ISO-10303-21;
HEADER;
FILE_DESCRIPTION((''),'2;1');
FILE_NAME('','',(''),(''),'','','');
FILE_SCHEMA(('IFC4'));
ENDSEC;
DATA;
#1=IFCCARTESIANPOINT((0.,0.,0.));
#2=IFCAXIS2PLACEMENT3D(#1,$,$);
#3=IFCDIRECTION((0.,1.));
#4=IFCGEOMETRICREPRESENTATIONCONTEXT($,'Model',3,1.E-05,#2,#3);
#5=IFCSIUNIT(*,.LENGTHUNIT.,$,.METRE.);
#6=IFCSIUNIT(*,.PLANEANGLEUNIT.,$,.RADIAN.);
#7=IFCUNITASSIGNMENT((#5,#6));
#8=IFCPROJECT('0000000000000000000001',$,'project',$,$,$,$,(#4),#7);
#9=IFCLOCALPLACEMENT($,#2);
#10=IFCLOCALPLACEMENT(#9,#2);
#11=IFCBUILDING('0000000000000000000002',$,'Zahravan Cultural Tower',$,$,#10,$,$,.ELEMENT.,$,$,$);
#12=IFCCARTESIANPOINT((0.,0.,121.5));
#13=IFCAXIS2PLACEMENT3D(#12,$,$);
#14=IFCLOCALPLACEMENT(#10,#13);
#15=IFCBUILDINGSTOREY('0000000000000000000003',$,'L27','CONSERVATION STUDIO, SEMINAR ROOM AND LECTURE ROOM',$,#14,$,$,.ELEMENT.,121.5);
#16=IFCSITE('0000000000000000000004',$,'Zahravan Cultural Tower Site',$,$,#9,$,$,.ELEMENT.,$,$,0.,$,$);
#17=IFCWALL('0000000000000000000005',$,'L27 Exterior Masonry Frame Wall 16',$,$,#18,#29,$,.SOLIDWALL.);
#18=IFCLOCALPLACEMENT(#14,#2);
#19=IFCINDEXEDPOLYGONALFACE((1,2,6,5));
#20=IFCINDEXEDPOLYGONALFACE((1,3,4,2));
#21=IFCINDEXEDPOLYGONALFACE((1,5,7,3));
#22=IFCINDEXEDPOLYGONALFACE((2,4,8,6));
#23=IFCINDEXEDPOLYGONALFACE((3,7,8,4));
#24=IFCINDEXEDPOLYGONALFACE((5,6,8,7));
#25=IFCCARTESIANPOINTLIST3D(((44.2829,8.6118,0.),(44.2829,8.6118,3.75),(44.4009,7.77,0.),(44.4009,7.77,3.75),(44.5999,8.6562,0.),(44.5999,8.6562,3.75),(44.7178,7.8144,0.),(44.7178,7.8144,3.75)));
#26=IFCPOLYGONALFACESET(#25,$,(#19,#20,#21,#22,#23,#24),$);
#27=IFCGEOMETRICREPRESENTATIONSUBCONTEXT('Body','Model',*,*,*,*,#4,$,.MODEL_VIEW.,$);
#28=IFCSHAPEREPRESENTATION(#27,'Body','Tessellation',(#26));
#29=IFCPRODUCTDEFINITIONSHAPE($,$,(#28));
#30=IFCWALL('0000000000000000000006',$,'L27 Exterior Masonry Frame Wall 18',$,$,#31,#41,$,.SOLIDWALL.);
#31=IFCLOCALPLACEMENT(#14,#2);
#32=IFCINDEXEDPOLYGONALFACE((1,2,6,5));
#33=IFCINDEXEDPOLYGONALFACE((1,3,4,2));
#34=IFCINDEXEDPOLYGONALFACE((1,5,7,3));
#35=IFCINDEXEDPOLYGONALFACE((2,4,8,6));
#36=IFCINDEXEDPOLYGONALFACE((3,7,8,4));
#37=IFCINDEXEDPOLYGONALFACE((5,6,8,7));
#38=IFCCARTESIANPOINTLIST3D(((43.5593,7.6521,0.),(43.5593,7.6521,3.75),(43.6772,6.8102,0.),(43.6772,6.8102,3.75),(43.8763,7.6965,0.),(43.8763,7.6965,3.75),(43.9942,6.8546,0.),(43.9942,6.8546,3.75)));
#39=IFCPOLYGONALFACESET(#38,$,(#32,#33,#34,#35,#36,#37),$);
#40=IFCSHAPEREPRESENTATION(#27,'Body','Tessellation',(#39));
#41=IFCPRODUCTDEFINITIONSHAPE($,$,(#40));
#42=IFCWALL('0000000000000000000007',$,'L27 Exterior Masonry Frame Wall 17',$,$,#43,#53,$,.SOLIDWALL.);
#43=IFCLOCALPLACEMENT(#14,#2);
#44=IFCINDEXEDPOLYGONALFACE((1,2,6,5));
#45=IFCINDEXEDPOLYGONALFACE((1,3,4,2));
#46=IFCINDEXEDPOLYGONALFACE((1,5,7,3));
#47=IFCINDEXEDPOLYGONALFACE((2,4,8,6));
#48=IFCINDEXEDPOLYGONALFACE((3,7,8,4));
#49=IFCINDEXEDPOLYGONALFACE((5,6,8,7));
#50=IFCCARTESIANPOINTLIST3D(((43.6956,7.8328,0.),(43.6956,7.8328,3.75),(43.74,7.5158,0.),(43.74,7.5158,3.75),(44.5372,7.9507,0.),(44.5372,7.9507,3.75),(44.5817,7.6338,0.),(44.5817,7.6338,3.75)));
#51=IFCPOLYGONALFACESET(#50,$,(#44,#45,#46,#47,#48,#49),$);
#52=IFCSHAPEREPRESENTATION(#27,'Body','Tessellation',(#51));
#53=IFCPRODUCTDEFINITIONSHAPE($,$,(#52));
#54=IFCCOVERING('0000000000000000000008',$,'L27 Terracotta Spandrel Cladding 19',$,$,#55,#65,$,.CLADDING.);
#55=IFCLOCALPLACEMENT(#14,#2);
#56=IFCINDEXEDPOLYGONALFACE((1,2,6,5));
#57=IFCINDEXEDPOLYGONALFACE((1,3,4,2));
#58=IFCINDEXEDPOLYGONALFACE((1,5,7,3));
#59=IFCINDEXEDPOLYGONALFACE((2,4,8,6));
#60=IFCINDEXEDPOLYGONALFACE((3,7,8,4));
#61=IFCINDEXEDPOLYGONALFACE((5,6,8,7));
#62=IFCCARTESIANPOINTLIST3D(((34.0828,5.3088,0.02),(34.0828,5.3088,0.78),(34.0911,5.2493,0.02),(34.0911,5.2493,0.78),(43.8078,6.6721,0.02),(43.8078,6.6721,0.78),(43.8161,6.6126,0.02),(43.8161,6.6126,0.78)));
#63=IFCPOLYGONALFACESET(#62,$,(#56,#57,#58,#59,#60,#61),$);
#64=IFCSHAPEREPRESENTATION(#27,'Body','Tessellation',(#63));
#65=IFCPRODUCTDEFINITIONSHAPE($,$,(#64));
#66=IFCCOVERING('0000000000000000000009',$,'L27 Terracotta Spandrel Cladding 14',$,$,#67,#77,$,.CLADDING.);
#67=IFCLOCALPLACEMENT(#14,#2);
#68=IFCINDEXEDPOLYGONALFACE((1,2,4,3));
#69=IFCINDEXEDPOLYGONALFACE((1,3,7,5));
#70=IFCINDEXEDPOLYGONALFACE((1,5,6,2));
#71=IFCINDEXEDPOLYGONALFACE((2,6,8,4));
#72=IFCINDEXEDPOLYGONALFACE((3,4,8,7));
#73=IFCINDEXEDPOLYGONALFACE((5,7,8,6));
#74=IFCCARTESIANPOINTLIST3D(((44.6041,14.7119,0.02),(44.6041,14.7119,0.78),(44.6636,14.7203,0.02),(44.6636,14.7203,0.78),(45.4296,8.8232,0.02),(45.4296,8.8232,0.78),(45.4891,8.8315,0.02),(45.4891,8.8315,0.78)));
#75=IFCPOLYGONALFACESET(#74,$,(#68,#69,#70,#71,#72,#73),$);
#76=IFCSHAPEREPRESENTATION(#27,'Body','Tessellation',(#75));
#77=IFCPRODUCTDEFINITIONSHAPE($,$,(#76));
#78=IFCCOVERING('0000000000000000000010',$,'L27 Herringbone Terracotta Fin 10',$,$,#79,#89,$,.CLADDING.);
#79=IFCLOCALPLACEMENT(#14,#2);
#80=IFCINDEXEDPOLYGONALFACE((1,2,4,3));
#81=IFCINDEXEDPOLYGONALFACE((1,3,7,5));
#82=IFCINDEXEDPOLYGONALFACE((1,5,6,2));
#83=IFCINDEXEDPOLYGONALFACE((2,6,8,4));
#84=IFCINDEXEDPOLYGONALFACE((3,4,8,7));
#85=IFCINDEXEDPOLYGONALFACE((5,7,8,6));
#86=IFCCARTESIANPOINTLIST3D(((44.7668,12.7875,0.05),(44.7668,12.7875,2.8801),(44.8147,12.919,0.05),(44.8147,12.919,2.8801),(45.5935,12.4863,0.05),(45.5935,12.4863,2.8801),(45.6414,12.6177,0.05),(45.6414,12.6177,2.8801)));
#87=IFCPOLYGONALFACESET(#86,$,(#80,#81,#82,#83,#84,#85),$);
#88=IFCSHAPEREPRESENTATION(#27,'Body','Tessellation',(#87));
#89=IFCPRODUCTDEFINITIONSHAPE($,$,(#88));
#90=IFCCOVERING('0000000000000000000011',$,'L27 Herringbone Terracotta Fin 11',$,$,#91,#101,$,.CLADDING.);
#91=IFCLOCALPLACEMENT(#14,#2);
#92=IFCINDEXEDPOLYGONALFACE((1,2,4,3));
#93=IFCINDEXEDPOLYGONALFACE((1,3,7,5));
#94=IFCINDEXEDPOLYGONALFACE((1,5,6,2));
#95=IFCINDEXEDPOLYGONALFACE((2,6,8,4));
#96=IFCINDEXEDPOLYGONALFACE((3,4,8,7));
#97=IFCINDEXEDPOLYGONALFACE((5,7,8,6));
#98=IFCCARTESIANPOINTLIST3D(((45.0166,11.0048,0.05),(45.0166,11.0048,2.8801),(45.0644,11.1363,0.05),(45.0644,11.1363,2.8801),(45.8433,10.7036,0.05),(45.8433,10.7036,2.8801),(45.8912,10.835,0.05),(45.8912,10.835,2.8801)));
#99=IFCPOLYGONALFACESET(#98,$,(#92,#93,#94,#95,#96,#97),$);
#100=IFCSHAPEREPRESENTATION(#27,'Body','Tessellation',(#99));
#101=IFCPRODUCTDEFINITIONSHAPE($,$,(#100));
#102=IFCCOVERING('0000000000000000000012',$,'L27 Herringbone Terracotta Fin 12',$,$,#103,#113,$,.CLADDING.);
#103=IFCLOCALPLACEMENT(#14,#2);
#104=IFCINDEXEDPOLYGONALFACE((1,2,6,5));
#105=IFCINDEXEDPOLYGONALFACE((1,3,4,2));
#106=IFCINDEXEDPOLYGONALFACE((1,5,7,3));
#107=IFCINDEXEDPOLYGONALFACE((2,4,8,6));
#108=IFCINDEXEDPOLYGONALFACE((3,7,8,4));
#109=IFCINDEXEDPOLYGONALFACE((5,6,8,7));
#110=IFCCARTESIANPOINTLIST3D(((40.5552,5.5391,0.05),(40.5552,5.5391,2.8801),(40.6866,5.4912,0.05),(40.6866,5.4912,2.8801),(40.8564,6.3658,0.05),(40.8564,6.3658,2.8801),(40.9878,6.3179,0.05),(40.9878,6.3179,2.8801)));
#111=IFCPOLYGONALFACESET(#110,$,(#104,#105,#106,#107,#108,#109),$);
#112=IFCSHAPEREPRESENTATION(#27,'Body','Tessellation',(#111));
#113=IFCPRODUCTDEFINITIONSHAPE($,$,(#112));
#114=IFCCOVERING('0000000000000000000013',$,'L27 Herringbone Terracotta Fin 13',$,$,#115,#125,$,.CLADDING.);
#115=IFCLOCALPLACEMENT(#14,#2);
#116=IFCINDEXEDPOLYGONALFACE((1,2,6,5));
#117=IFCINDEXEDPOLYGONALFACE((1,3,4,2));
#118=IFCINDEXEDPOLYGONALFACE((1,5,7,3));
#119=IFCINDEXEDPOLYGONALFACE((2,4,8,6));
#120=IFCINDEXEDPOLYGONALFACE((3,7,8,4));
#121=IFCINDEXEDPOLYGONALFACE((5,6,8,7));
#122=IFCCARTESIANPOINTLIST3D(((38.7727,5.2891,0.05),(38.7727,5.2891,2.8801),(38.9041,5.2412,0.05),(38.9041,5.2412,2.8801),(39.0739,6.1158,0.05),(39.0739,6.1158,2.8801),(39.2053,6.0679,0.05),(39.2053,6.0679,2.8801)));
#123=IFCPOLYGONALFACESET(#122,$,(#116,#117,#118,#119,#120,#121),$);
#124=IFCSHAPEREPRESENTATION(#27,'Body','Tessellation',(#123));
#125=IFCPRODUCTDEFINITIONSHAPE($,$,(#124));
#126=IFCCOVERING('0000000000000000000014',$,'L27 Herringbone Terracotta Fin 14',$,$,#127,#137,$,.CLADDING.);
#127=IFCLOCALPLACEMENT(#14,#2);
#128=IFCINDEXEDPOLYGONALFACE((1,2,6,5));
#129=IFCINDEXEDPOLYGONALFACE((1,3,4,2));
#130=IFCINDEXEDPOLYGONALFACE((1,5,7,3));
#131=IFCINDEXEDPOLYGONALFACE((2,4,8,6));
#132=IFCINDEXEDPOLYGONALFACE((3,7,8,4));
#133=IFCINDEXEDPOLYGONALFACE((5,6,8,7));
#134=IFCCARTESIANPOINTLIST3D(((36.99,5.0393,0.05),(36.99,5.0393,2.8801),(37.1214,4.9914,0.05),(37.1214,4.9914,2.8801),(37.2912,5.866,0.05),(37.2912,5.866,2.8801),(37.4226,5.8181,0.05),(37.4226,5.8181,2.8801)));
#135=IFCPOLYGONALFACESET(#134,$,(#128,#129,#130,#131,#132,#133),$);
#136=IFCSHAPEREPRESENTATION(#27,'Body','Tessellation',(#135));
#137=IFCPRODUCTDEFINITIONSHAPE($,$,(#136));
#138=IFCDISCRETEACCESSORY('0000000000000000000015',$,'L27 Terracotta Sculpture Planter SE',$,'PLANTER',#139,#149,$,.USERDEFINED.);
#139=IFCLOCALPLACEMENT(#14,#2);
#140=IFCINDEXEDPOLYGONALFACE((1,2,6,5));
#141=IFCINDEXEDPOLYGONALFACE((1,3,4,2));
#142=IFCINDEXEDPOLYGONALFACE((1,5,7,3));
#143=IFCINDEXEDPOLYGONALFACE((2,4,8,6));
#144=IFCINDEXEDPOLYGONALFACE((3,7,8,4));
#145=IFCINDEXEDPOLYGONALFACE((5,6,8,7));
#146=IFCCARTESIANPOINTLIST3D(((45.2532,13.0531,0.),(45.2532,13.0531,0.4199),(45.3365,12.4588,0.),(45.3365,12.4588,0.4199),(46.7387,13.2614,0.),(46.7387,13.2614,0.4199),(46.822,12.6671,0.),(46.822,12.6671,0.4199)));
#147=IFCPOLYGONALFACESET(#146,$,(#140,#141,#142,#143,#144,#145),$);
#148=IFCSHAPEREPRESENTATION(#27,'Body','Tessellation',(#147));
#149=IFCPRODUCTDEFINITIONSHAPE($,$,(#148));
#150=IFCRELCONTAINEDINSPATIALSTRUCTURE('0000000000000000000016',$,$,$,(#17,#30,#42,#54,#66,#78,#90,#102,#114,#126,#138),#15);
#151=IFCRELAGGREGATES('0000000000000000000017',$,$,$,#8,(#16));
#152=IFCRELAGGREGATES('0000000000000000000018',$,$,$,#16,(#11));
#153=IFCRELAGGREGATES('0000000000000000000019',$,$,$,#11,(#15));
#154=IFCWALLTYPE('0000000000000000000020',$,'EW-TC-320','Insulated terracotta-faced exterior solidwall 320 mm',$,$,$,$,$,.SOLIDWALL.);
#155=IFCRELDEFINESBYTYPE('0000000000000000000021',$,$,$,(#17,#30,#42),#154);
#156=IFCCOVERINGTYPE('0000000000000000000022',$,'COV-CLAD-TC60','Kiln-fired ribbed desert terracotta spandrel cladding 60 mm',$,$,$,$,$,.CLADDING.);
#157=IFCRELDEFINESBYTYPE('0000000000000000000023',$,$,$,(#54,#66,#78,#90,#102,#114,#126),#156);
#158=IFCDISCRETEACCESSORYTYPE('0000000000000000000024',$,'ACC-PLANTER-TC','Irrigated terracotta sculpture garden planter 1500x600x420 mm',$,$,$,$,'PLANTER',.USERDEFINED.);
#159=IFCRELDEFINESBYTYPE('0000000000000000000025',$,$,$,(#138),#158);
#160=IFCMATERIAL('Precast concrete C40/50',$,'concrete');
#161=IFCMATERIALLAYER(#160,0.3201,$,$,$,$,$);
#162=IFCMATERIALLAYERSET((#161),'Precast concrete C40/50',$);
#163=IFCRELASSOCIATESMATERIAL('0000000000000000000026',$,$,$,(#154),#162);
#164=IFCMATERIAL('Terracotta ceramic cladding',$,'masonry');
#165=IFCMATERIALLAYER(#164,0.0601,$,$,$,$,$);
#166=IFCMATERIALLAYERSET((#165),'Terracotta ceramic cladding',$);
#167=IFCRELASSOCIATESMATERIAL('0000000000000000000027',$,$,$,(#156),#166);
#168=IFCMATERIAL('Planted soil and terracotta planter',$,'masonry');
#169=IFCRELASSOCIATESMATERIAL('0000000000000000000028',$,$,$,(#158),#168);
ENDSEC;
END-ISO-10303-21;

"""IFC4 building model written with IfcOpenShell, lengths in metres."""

from ifc_helpers import new_model, si_unit, direction, frame, frame_2d, origin, origin_2d, place, context, subcontext, project, spatial, rectangle, extrude, source, transform, mapped, material, layer, layer_set, type_object, element, save


model = new_model("IFC4")

# Units and contexts
model_context = context("Model", 3, precision=1e-05, world=origin(), true_north=direction((0.0, 1.0)))
body_context = subcontext(model_context, "Body", "Model", "MODEL_VIEW")
ifc_project = project(units=[si_unit("LENGTHUNIT", "METRE"), si_unit("PLANEANGLEUNIT", "RADIAN")], contexts=[model_context])

# Site, building, storey
site_placement = place(None, origin())
site = spatial("IfcSite", under=ifc_project, at=site_placement, Name="Zahravan Cultural Tower Site", CompositionType="ELEMENT", RefElevation=0.0)
building_placement = place(site_placement, origin())
building = spatial("IfcBuilding", under=site, at=building_placement, Name="Zahravan Cultural Tower", CompositionType="ELEMENT")
storey_placement = place(building_placement, frame((0.0, 0.0, 121.5)))
storey = spatial("IfcBuildingStorey", under=building, at=storey_placement, Name="L27", Description="CONSERVATION STUDIO, SEMINAR ROOM AND LECTURE ROOM", CompositionType="ELEMENT", Elevation=121.5)

# Shared definitions
ifc_material_1 = material(Name="Precast concrete C40/50", Category="concrete")
ifc_layer_1 = layer(ifc_material_1, 0.3201)
ifc_layer_set_1 = layer_set([ifc_layer_1], Name="Precast concrete C40/50")
wall_type_1 = type_object("IfcWallType", Name="EW-TC-320", Description="Insulated terracotta-faced exterior solidwall 320 mm", PredefinedType="SOLIDWALL", material=ifc_layer_set_1)

# Walls
shared_shape_1 = source(origin(), body_context, "Body", "SweptSolid", [
    extrude(rectangle(XDim=0.8501, YDim=0.3201, at=frame_2d((0.425, 0.0))), origin(), (0.0, 0.0, 1.0), 3.75),
])
for number, where, z_axis, x_axis, name in (
    (1, (44.4414, 8.634, 0.0), (0.0, 0.0, 1.0), (0.138727, -0.990331, 0.0), "L27 Exterior Masonry Frame Wall 16"),
    (2, (43.7178, 7.6743, 0.0), (0.0, 0.0, 1.0), (0.138727, -0.990331, 0.0), "L27 Exterior Masonry Frame Wall 18"),
):
    element("IfcWall", number, at=place(storey_placement, frame(where, z_axis=z_axis, x_axis=x_axis)), inside=storey, type_object=wall_type_1, Name=name, PredefinedType="SOLIDWALL", context=body_context, shape_type="MappedRepresentation", body=[
        mapped(shared_shape_1, transform((0.0, 0.0, 0.0), x_axis=(1.0, 0.0, 0.0), y_axis=(0.0, 1.0, 0.0), z_axis=(0.0, 0.0, 1.0), scale=1.0)),
    ])
shared_shape_2 = source(origin(), body_context, "Body", "SweptSolid", [
    extrude(rectangle(XDim=0.8499, YDim=0.3201, at=frame_2d((0.4248, 0.0))), origin(), (0.0, 0.0, 1.0), 3.75),
])
wall_1_placement = place(storey_placement, frame((44.5593, 7.7922, 0.0), z_axis=(0.0, 0.0, 1.0), x_axis=(-0.990325, -0.138766, 0.0)))
element("IfcWall", 3, at=wall_1_placement, inside=storey, type_object=wall_type_1, Name="L27 Exterior Masonry Frame Wall 17", PredefinedType="SOLIDWALL", context=body_context, shape_type="MappedRepresentation", body=[
    mapped(shared_shape_2, transform((0.0, 0.0, 0.0), x_axis=(1.0, 0.0, 0.0), y_axis=(0.0, 1.0, 0.0), z_axis=(0.0, 0.0, 1.0), scale=1.0)),
])

# Coverings
ifc_material_2 = material(Name="Terracotta ceramic cladding", Category="masonry")
ifc_layer_2 = layer(ifc_material_2, 0.0601)
ifc_layer_set_2 = layer_set([ifc_layer_2], Name="Terracotta ceramic cladding")
covering_type = type_object("IfcCoveringType", Name="COV-CLAD-TC60", Description="Kiln-fired ribbed desert terracotta spandrel cladding 60 mm", PredefinedType="CLADDING", material=ifc_layer_set_2)
shared_shape_3 = source(origin(), body_context, "Body", "SweptSolid", [
    extrude(rectangle(XDim=9.8201, YDim=0.0601, at=origin_2d()), origin(), (0.0, 0.0, 1.0), 0.76),
])
covering_1_placement = place(storey_placement, frame((38.9495, 5.9607, 0.02), z_axis=(0.0, 0.0, 1.0), x_axis=(-0.990317, -0.138827, 0.0)))
element("IfcCovering", 4, at=covering_1_placement, inside=storey, type_object=covering_type, Name="L27 Terracotta Spandrel Cladding 19", PredefinedType="CLADDING", context=body_context, shape_type="MappedRepresentation", body=[
    mapped(shared_shape_3, transform((0.0, 0.0, 0.0), x_axis=(1.0, 0.0, 0.0), y_axis=(0.0, 1.0, 0.0), z_axis=(0.0, 0.0, 1.0), scale=1.0)),
])
shared_shape_4 = source(origin(), body_context, "Body", "SweptSolid", [
    extrude(rectangle(XDim=5.9463, YDim=0.0601, at=origin_2d()), origin(), (0.0, 0.0, 1.0), 0.76),
])
covering_2_placement = place(storey_placement, frame((45.0466, 11.7717, 0.02), z_axis=(0.0, 0.0, 1.0), x_axis=(0.138827, -0.990317, 0.0)))
element("IfcCovering", 5, at=covering_2_placement, inside=storey, type_object=covering_type, Name="L27 Terracotta Spandrel Cladding 14", PredefinedType="CLADDING", context=body_context, shape_type="MappedRepresentation", body=[
    mapped(shared_shape_4, transform((0.0, 0.0, 0.0), x_axis=(1.0, 0.0, 0.0), y_axis=(0.0, 1.0, 0.0), z_axis=(0.0, 0.0, 1.0), scale=1.0)),
])
shared_shape_5 = source(origin(), body_context, "Body", "SweptSolid", [
    extrude(rectangle(XDim=0.8799, YDim=0.1399, at=origin_2d()), origin(), (0.0, 0.0, 1.0), 2.8301),
])
for number, where, z_axis, x_axis, name in (
    (6, (45.2041, 12.7026, 0.05), (0.0, 0.0, 1.0), (0.939573, -0.342348, 0.0), "L27 Herringbone Terracotta Fin 10"),
    (7, (45.4539, 10.9199, 0.05), (0.0, 0.0, 1.0), (0.939573, -0.342348, 0.0), "L27 Herringbone Terracotta Fin 11"),
    (8, (40.7715, 5.9285, 0.05), (0.0, 0.0, 1.0), (-0.342348, -0.939573, 0.0), "L27 Herringbone Terracotta Fin 12"),
    (9, (38.989, 5.6785, 0.05), (0.0, 0.0, 1.0), (-0.342348, -0.939573, 0.0), "L27 Herringbone Terracotta Fin 13"),
    (10, (37.2063, 5.4287, 0.05), (0.0, 0.0, 1.0), (-0.342348, -0.939573, 0.0), "L27 Herringbone Terracotta Fin 14"),
):
    element("IfcCovering", number, at=place(storey_placement, frame(where, z_axis=z_axis, x_axis=x_axis)), inside=storey, type_object=covering_type, Name=name, PredefinedType="CLADDING", context=body_context, shape_type="MappedRepresentation", body=[
        mapped(shared_shape_5, transform((0.0, 0.0, 0.0), x_axis=(1.0, 0.0, 0.0), y_axis=(0.0, 1.0, 0.0), z_axis=(0.0, 0.0, 1.0), scale=1.0)),
    ])

# Discrete accessory
ifc_material_3 = material(Name="Planted soil and terracotta planter", Category="masonry")
discrete_accessory_type = type_object("IfcDiscreteAccessoryType", Name="ACC-PLANTER-TC", Description="Irrigated terracotta sculpture garden planter 1500x600x420 mm", ElementType="PLANTER", PredefinedType="USERDEFINED", material=ifc_material_3)
shared_shape_6 = source(origin(), body_context, "Body", "SweptSolid", [
    extrude(rectangle(XDim=1.5, YDim=0.6001, at=origin_2d()), origin(), (0.0, 0.0, 1.0), 0.4199),
])
discrete_accessory_placement = place(storey_placement, frame((46.0376, 12.8601, 0.0), z_axis=(0.0, 0.0, 1.0), x_axis=(0.990317, 0.138827, 0.0)))
element("IfcDiscreteAccessory", 11, at=discrete_accessory_placement, inside=storey, type_object=discrete_accessory_type, Name="L27 Terracotta Sculpture Planter SE", ObjectType="PLANTER", PredefinedType="USERDEFINED", context=body_context, shape_type="MappedRepresentation", body=[
    mapped(shared_shape_6, transform((0.0, 0.0, 0.0), x_axis=(1.0, 0.0, 0.0), y_axis=(0.0, 1.0, 0.0), z_axis=(0.0, 0.0, 1.0), scale=1.0)),
])

save(model, "model.ifc")
